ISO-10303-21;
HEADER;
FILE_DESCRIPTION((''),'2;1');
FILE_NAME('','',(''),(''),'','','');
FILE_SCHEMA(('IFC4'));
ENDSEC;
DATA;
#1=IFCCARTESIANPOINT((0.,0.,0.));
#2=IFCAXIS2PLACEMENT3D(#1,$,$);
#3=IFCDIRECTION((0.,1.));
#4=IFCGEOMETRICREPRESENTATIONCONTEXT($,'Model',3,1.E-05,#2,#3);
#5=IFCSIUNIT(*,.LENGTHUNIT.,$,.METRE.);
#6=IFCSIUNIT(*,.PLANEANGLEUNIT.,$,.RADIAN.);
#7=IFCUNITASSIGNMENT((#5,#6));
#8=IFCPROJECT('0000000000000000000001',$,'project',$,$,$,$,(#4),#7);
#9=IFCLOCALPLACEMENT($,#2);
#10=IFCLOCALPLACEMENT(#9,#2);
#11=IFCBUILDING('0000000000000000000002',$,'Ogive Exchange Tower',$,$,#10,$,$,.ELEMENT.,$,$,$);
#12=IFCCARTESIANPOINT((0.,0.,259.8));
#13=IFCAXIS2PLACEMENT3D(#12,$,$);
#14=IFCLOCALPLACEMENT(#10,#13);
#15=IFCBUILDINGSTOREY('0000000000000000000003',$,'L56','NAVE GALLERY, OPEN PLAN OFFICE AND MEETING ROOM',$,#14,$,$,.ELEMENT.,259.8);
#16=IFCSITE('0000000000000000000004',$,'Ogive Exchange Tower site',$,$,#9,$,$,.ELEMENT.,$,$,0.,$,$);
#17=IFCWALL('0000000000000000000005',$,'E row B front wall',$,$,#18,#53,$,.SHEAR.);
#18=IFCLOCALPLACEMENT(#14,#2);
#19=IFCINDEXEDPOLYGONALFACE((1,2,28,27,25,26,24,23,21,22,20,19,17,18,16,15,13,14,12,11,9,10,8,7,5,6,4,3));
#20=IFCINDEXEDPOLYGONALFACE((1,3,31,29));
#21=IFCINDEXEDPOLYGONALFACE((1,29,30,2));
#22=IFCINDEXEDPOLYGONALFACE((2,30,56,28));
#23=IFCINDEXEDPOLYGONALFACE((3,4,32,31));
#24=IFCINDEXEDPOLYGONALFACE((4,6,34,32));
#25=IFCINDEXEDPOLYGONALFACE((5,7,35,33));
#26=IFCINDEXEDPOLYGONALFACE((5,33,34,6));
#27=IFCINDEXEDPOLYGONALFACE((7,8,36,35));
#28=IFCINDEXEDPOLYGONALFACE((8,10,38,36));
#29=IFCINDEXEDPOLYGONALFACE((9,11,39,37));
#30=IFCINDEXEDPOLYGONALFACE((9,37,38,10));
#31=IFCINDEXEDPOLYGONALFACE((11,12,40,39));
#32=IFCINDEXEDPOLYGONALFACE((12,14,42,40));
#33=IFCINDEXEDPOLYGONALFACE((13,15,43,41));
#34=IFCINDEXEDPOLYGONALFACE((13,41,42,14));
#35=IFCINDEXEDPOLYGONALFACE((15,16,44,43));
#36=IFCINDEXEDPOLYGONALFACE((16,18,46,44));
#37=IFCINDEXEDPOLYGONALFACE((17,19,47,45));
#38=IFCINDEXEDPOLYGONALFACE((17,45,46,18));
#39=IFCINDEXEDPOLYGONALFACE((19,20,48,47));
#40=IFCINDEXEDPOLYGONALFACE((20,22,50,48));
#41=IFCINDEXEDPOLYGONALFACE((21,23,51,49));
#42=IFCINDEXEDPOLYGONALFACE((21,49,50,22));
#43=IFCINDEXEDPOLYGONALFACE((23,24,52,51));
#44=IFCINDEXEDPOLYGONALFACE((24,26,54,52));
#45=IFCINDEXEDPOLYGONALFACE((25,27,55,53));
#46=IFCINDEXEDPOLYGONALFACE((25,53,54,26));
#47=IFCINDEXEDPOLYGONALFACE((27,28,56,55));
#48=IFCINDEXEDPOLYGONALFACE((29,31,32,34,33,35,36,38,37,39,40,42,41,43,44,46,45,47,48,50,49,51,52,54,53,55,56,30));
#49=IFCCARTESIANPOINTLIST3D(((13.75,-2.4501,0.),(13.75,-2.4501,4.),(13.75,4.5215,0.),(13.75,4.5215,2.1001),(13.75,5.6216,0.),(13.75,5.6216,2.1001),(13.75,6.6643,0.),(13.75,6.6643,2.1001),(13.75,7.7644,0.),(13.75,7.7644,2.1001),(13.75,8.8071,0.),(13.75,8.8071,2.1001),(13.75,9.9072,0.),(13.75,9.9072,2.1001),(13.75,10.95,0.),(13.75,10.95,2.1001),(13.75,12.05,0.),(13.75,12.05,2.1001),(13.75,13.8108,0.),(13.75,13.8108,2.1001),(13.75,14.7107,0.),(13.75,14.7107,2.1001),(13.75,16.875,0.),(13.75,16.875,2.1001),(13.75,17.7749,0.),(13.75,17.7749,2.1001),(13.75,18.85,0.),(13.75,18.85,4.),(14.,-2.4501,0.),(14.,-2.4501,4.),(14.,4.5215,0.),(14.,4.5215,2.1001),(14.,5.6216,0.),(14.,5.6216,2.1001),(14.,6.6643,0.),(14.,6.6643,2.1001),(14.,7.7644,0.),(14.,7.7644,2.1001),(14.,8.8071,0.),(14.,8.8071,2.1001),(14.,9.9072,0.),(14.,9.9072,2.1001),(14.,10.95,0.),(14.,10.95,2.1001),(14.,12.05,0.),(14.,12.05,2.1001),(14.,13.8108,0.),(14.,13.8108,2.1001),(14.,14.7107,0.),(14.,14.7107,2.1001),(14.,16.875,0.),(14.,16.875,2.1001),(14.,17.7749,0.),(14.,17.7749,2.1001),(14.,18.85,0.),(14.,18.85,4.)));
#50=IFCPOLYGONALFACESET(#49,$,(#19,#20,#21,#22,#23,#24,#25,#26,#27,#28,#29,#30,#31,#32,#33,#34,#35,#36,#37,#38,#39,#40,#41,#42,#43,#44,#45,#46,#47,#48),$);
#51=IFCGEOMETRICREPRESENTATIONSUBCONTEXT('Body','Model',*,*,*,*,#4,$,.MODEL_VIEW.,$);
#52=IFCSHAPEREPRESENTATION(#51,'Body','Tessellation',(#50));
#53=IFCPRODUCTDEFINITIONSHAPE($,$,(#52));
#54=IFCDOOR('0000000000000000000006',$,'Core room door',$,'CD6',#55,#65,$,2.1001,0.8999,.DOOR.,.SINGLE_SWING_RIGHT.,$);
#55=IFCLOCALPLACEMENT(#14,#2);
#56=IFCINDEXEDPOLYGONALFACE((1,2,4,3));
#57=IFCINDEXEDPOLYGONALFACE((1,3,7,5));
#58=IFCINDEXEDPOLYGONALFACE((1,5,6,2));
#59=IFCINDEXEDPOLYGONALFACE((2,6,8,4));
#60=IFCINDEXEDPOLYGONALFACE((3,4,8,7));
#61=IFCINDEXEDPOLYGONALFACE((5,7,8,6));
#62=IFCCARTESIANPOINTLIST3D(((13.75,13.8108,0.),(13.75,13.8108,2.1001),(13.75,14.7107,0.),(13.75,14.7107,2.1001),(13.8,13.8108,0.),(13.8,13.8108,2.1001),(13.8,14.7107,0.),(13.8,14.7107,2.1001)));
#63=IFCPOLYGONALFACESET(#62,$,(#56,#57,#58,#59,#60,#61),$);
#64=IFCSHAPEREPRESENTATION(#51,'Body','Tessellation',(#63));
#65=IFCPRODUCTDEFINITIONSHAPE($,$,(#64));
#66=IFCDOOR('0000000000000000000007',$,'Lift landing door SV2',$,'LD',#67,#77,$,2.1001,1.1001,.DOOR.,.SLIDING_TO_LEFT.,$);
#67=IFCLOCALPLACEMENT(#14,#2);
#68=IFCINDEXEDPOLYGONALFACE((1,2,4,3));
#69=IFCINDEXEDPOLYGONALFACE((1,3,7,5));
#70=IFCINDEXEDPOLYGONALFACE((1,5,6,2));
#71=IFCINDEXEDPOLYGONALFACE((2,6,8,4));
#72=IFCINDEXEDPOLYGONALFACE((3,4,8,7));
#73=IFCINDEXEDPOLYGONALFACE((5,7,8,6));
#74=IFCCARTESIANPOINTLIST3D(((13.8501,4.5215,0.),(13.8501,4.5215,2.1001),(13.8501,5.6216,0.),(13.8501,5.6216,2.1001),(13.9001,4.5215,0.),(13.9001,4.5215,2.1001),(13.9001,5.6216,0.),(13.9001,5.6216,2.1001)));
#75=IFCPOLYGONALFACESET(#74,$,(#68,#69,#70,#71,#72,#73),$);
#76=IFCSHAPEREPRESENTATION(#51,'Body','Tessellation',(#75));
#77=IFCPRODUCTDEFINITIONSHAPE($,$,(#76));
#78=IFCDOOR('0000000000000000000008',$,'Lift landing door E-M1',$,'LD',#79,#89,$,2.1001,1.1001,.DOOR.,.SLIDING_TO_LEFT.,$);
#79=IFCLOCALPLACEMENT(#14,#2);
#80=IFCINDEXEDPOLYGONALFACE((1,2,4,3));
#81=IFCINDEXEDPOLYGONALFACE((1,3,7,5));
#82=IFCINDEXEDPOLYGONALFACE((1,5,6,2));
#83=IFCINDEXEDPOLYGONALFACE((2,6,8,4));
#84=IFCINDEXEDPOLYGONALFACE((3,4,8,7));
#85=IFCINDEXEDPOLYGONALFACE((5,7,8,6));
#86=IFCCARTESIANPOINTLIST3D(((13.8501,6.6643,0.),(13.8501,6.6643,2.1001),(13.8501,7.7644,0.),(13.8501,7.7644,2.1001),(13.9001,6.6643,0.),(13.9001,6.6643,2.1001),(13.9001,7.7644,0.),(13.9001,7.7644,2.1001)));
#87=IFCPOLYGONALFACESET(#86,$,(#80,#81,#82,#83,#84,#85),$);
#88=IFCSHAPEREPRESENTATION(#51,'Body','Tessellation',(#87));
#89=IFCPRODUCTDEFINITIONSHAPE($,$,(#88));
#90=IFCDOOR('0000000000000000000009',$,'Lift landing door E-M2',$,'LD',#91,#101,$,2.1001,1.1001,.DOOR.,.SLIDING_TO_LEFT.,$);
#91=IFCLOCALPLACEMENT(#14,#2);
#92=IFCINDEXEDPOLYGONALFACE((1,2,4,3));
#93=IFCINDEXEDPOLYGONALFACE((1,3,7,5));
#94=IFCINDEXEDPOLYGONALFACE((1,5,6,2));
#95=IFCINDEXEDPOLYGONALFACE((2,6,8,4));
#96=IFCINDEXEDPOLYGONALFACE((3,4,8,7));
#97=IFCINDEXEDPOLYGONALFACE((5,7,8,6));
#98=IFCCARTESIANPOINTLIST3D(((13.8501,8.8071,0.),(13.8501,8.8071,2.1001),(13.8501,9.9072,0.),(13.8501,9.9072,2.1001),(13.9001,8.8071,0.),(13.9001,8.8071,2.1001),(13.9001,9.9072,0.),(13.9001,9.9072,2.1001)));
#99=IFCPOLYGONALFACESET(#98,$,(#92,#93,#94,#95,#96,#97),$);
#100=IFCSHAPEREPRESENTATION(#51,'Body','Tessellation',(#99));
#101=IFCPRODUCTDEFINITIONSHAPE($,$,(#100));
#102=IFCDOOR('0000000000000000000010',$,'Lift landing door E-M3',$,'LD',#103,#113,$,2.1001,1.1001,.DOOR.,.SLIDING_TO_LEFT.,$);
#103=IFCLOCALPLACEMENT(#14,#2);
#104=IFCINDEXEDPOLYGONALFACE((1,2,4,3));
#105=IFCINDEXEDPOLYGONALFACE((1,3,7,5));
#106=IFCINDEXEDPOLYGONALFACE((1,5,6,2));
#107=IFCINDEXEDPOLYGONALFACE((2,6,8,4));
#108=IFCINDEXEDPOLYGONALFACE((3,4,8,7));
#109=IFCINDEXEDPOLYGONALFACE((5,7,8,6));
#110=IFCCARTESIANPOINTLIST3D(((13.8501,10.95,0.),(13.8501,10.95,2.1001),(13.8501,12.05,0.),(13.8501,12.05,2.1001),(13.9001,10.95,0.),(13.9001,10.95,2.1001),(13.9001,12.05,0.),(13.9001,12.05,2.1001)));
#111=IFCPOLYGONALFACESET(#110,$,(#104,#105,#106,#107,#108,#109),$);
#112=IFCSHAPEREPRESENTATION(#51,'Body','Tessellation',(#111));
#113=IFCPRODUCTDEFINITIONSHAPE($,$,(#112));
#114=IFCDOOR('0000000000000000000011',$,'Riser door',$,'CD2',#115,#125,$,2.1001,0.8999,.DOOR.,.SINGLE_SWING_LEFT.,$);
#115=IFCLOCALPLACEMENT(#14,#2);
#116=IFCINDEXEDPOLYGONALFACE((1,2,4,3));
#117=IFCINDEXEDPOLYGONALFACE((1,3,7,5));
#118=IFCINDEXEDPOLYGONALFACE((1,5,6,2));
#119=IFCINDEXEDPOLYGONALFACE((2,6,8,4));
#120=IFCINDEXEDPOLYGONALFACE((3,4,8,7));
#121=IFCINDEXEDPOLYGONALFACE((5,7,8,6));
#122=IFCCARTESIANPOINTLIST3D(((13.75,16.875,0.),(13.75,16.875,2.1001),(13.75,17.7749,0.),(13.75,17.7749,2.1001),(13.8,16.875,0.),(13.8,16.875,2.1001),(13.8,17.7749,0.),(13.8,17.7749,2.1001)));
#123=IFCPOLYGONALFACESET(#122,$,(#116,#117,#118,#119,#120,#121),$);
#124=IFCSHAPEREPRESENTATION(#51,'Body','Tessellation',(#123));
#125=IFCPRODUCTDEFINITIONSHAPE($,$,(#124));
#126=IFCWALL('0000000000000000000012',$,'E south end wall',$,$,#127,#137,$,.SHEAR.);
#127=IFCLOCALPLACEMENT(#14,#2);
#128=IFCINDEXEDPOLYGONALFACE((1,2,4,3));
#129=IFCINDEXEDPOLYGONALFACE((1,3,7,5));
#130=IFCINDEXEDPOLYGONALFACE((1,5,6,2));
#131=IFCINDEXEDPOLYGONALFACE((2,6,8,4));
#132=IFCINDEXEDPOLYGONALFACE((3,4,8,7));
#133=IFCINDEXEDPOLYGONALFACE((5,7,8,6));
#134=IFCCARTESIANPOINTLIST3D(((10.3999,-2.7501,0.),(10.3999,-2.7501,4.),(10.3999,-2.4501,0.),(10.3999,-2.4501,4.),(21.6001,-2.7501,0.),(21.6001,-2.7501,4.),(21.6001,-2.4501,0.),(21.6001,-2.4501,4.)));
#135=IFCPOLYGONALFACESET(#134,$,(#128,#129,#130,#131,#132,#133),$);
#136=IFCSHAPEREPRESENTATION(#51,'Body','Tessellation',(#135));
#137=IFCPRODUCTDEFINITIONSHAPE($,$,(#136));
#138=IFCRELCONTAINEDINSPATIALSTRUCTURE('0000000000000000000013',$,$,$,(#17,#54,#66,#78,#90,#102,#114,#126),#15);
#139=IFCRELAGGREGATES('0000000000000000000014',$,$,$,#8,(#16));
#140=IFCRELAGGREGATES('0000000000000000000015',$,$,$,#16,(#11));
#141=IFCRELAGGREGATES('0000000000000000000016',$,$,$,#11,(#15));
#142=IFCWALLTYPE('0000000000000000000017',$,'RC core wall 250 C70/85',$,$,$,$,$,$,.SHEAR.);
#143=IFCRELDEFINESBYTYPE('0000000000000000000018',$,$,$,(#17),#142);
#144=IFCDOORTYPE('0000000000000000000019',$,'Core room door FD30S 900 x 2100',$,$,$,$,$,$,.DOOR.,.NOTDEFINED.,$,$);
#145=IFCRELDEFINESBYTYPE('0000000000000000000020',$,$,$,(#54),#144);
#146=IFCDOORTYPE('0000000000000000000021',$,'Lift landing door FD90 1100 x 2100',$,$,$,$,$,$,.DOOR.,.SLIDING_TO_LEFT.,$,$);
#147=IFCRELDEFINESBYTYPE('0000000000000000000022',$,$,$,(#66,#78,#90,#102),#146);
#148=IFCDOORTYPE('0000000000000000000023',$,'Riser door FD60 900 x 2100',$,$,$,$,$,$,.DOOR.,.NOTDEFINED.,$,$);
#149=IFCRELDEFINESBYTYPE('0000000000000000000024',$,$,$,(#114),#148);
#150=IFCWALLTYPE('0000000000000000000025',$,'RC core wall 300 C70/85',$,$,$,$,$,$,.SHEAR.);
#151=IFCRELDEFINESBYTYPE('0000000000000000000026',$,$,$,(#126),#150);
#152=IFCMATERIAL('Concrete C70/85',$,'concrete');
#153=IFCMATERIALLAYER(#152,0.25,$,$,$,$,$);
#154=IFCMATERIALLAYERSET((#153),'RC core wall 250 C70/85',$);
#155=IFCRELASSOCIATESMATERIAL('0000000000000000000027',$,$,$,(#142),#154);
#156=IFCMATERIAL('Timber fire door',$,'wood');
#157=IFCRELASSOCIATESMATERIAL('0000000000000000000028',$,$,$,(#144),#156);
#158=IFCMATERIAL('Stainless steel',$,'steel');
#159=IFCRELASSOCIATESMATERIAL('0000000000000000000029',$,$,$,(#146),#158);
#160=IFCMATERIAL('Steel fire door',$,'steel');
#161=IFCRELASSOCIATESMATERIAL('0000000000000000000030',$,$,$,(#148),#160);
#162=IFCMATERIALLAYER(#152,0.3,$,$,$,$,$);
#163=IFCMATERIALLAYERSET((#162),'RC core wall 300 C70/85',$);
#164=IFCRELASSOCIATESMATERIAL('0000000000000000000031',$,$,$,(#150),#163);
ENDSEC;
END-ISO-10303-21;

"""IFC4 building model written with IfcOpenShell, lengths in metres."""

from ifc_helpers import new_model, si_unit, direction, frame, frame_2d, origin, place, context, subcontext, project, spatial, rectangle, extrude, material, layer, layer_set, type_object, element, fill, save


model = new_model("IFC4")

# Units and contexts
model_context = context("Model", 3, precision=1e-05, world=origin(), true_north=direction((0.0, 1.0)))
body_context = subcontext(model_context, "Body", "Model", "MODEL_VIEW")
ifc_project = project(units=[si_unit("LENGTHUNIT", "METRE"), si_unit("PLANEANGLEUNIT", "RADIAN")], contexts=[model_context])

# Site, building, storey
site_placement = place(None, origin())
site = spatial("IfcSite", under=ifc_project, at=site_placement, Name="Ogive Exchange Tower site", CompositionType="ELEMENT", RefElevation=0.0)
building_placement = place(site_placement, origin())
building = spatial("IfcBuilding", under=site, at=building_placement, Name="Ogive Exchange Tower", CompositionType="ELEMENT")
storey_placement = place(building_placement, frame((0.0, 0.0, 259.8)))
storey = spatial("IfcBuildingStorey", under=building, at=storey_placement, Name="L56", Description="NAVE GALLERY, OPEN PLAN OFFICE AND MEETING ROOM", CompositionType="ELEMENT", Elevation=259.8)

# Wall, openings, doors
ifc_material_1 = material(Name="Concrete C70/85", Category="concrete")
ifc_layer_1 = layer(ifc_material_1, 0.25)
ifc_layer_set_1 = layer_set([ifc_layer_1], Name="RC core wall 250 C70/85")
wall_type_1 = type_object("IfcWallType", Name="RC core wall 250 C70/85", PredefinedType="SHEAR", material=ifc_layer_set_1)
wall_1_placement = place(storey_placement, frame((13.875, -2.45, 0.0), z_axis=(0.0, 0.0, 1.0), x_axis=(0.0, 1.0, 0.0)))
wall_1 = element("IfcWall", 1, at=wall_1_placement, inside=storey, type_object=wall_type_1, Name="E row B front wall", PredefinedType="SHEAR", context=body_context, shape_type="SweptSolid", body=[
    extrude(rectangle(XDim=21.3, YDim=0.25, at=frame_2d((10.6499, 0.0))), origin(), (0.0, 0.0, 1.0), 4.0),
])
opening_1_placement = place(wall_1_placement, frame((16.2607, 0.0, 0.0)))
opening_1 = element("IfcOpeningElement", 2, at=opening_1_placement, cuts=wall_1, PredefinedType="OPENING", context=body_context, shape_type="SweptSolid", body=[
    extrude(rectangle(XDim=0.8999, YDim=2.1001, at=frame_2d((0.45, 1.05))), frame((0.0, 0.135, 0.0), z_axis=(0.0, -1.0, 0.0), x_axis=(1.0, 0.0, 0.0)), (0.0, 0.0, 1.0), 0.27),
])
opening_2_placement = place(wall_1_placement, frame((19.325, 0.0, 0.0)))
opening_2 = element("IfcOpeningElement", 3, at=opening_2_placement, cuts=wall_1, PredefinedType="OPENING", context=body_context, shape_type="SweptSolid", body=[
    extrude(rectangle(XDim=0.8999, YDim=2.1001, at=frame_2d((0.45, 1.05))), frame((0.0, 0.135, 0.0), z_axis=(0.0, -1.0, 0.0), x_axis=(1.0, 0.0, 0.0)), (0.0, 0.0, 1.0), 0.27),
])
opening_3_placement = place(wall_1_placement, frame((6.9714, 0.0, 0.0)))
opening_3 = element("IfcOpeningElement", 4, at=opening_3_placement, cuts=wall_1, PredefinedType="OPENING", context=body_context, shape_type="SweptSolid", body=[
    extrude(rectangle(XDim=1.1001, YDim=2.1001, at=frame_2d((0.55, 1.05))), frame((0.0, 0.135, 0.0), z_axis=(0.0, -1.0, 0.0), x_axis=(1.0, 0.0, 0.0)), (0.0, 0.0, 1.0), 0.27),
])
opening_4_placement = place(wall_1_placement, frame((9.1143, 0.0, 0.0)))
opening_4 = element("IfcOpeningElement", 5, at=opening_4_placement, cuts=wall_1, PredefinedType="OPENING", context=body_context, shape_type="SweptSolid", body=[
    extrude(rectangle(XDim=1.1001, YDim=2.1001, at=frame_2d((0.55, 1.05))), frame((0.0, 0.135, 0.0), z_axis=(0.0, -1.0, 0.0), x_axis=(1.0, 0.0, 0.0)), (0.0, 0.0, 1.0), 0.27),
])
opening_5_placement = place(wall_1_placement, frame((11.2571, 0.0, 0.0)))
opening_5 = element("IfcOpeningElement", 6, at=opening_5_placement, cuts=wall_1, PredefinedType="OPENING", context=body_context, shape_type="SweptSolid", body=[
    extrude(rectangle(XDim=1.1001, YDim=2.1001, at=frame_2d((0.55, 1.05))), frame((0.0, 0.135, 0.0), z_axis=(0.0, -1.0, 0.0), x_axis=(1.0, 0.0, 0.0)), (0.0, 0.0, 1.0), 0.27),
])
opening_6_placement = place(wall_1_placement, frame((13.3999, 0.0, 0.0)))
opening_6 = element("IfcOpeningElement", 7, at=opening_6_placement, cuts=wall_1, PredefinedType="OPENING", context=body_context, shape_type="SweptSolid", body=[
    extrude(rectangle(XDim=1.1001, YDim=2.1001, at=frame_2d((0.55, 1.05))), frame((0.0, 0.135, 0.0), z_axis=(0.0, -1.0, 0.0), x_axis=(1.0, 0.0, 0.0)), (0.0, 0.0, 1.0), 0.27),
])
ifc_material_2 = material(Name="Timber fire door", Category="wood")
door_type_1 = type_object("IfcDoorType", Name="Core room door FD30S 900 x 2100", OperationType="NOTDEFINED", PredefinedType="DOOR", material=ifc_material_2)
door_1_placement = place(opening_1_placement, origin())
door_1 = element("IfcDoor", 8, at=door_1_placement, inside=storey, type_object=door_type_1, Name="Core room door", ObjectType="CD6", OperationType="SINGLE_SWING_RIGHT", OverallHeight=2.1001, OverallWidth=0.8999, PredefinedType="DOOR", context=body_context, shape_type="SweptSolid", body=[
    extrude(rectangle(XDim=0.8999, YDim=2.1001, at=frame_2d((0.45, 1.05))), frame((0.0, 0.125, 0.0), z_axis=(0.0, -1.0, 0.0), x_axis=(1.0, 0.0, 0.0)), (0.0, 0.0, 1.0), 0.05),
])
fill(opening_1, door_1)
ifc_material_3 = material(Name="Stainless steel", Category="steel")
door_type_2 = type_object("IfcDoorType", Name="Lift landing door FD90 1100 x 2100", OperationType="SLIDING_TO_LEFT", PredefinedType="DOOR", material=ifc_material_3)
door_2_placement = place(opening_3_placement, origin())
door_2 = element("IfcDoor", 9, at=door_2_placement, inside=storey, type_object=door_type_2, Name="Lift landing door SV2", ObjectType="LD", OperationType="SLIDING_TO_LEFT", OverallHeight=2.1001, OverallWidth=1.1001, PredefinedType="DOOR", context=body_context, shape_type="SweptSolid", body=[
    extrude(rectangle(XDim=1.1001, YDim=2.1001, at=frame_2d((0.55, 1.05))), frame((0.0, 0.0249, 0.0), z_axis=(0.0, -1.0, 0.0), x_axis=(1.0, 0.0, 0.0)), (0.0, 0.0, 1.0), 0.05),
])
fill(opening_3, door_2)
door_3_placement = place(opening_4_placement, origin())
door_3 = element("IfcDoor", 10, at=door_3_placement, inside=storey, type_object=door_type_2, Name="Lift landing door E-M1", ObjectType="LD", OperationType="SLIDING_TO_LEFT", OverallHeight=2.1001, OverallWidth=1.1001, PredefinedType="DOOR", context=body_context, shape_type="SweptSolid", body=[
    extrude(rectangle(XDim=1.1001, YDim=2.1001, at=frame_2d((0.55, 1.05))), frame((0.0, 0.0249, 0.0), z_axis=(0.0, -1.0, 0.0), x_axis=(1.0, 0.0, 0.0)), (0.0, 0.0, 1.0), 0.05),
])
fill(opening_4, door_3)
door_4_placement = place(opening_5_placement, origin())
door_4 = element("IfcDoor", 11, at=door_4_placement, inside=storey, type_object=door_type_2, Name="Lift landing door E-M2", ObjectType="LD", OperationType="SLIDING_TO_LEFT", OverallHeight=2.1001, OverallWidth=1.1001, PredefinedType="DOOR", context=body_context, shape_type="SweptSolid", body=[
    extrude(rectangle(XDim=1.1001, YDim=2.1001, at=frame_2d((0.55, 1.05))), frame((0.0, 0.0249, 0.0), z_axis=(0.0, -1.0, 0.0), x_axis=(1.0, 0.0, 0.0)), (0.0, 0.0, 1.0), 0.05),
])
fill(opening_5, door_4)
door_5_placement = place(opening_6_placement, origin())
door_5 = element("IfcDoor", 12, at=door_5_placement, inside=storey, type_object=door_type_2, Name="Lift landing door E-M3", ObjectType="LD", OperationType="SLIDING_TO_LEFT", OverallHeight=2.1001, OverallWidth=1.1001, PredefinedType="DOOR", context=body_context, shape_type="SweptSolid", body=[
    extrude(rectangle(XDim=1.1001, YDim=2.1001, at=frame_2d((0.55, 1.05))), frame((0.0, 0.0249, 0.0), z_axis=(0.0, -1.0, 0.0), x_axis=(1.0, 0.0, 0.0)), (0.0, 0.0, 1.0), 0.05),
])
fill(opening_6, door_5)
ifc_material_4 = material(Name="Steel fire door", Category="steel")
door_type_3 = type_object("IfcDoorType", Name="Riser door FD60 900 x 2100", OperationType="NOTDEFINED", PredefinedType="DOOR", material=ifc_material_4)
door_6_placement = place(opening_2_placement, origin())
door_6 = element("IfcDoor", 13, at=door_6_placement, inside=storey, type_object=door_type_3, Name="Riser door", ObjectType="CD2", OperationType="SINGLE_SWING_LEFT", OverallHeight=2.1001, OverallWidth=0.8999, PredefinedType="DOOR", context=body_context, shape_type="SweptSolid", body=[
    extrude(rectangle(XDim=0.8999, YDim=2.1001, at=frame_2d((0.45, 1.05))), frame((0.0, 0.125, 0.0), z_axis=(0.0, -1.0, 0.0), x_axis=(1.0, 0.0, 0.0)), (0.0, 0.0, 1.0), 0.05),
])
fill(opening_2, door_6)

# Wall
ifc_layer_2 = layer(ifc_material_1, 0.3)
ifc_layer_set_2 = layer_set([ifc_layer_2], Name="RC core wall 300 C70/85")
wall_type_2 = type_object("IfcWallType", Name="RC core wall 300 C70/85", PredefinedType="SHEAR", material=ifc_layer_set_2)
wall_2_placement = place(storey_placement, frame((10.3999, -2.6001, 0.0), z_axis=(0.0, 0.0, 1.0), x_axis=(1.0, 0.0, 0.0)))
element("IfcWall", 14, at=wall_2_placement, inside=storey, type_object=wall_type_2, Name="E south end wall", PredefinedType="SHEAR", context=body_context, shape_type="SweptSolid", body=[
    extrude(rectangle(XDim=11.2002, YDim=0.3, at=frame_2d((5.6001, 0.0))), origin(), (0.0, 0.0, 1.0), 4.0),
])

save(model, "model.ifc")
